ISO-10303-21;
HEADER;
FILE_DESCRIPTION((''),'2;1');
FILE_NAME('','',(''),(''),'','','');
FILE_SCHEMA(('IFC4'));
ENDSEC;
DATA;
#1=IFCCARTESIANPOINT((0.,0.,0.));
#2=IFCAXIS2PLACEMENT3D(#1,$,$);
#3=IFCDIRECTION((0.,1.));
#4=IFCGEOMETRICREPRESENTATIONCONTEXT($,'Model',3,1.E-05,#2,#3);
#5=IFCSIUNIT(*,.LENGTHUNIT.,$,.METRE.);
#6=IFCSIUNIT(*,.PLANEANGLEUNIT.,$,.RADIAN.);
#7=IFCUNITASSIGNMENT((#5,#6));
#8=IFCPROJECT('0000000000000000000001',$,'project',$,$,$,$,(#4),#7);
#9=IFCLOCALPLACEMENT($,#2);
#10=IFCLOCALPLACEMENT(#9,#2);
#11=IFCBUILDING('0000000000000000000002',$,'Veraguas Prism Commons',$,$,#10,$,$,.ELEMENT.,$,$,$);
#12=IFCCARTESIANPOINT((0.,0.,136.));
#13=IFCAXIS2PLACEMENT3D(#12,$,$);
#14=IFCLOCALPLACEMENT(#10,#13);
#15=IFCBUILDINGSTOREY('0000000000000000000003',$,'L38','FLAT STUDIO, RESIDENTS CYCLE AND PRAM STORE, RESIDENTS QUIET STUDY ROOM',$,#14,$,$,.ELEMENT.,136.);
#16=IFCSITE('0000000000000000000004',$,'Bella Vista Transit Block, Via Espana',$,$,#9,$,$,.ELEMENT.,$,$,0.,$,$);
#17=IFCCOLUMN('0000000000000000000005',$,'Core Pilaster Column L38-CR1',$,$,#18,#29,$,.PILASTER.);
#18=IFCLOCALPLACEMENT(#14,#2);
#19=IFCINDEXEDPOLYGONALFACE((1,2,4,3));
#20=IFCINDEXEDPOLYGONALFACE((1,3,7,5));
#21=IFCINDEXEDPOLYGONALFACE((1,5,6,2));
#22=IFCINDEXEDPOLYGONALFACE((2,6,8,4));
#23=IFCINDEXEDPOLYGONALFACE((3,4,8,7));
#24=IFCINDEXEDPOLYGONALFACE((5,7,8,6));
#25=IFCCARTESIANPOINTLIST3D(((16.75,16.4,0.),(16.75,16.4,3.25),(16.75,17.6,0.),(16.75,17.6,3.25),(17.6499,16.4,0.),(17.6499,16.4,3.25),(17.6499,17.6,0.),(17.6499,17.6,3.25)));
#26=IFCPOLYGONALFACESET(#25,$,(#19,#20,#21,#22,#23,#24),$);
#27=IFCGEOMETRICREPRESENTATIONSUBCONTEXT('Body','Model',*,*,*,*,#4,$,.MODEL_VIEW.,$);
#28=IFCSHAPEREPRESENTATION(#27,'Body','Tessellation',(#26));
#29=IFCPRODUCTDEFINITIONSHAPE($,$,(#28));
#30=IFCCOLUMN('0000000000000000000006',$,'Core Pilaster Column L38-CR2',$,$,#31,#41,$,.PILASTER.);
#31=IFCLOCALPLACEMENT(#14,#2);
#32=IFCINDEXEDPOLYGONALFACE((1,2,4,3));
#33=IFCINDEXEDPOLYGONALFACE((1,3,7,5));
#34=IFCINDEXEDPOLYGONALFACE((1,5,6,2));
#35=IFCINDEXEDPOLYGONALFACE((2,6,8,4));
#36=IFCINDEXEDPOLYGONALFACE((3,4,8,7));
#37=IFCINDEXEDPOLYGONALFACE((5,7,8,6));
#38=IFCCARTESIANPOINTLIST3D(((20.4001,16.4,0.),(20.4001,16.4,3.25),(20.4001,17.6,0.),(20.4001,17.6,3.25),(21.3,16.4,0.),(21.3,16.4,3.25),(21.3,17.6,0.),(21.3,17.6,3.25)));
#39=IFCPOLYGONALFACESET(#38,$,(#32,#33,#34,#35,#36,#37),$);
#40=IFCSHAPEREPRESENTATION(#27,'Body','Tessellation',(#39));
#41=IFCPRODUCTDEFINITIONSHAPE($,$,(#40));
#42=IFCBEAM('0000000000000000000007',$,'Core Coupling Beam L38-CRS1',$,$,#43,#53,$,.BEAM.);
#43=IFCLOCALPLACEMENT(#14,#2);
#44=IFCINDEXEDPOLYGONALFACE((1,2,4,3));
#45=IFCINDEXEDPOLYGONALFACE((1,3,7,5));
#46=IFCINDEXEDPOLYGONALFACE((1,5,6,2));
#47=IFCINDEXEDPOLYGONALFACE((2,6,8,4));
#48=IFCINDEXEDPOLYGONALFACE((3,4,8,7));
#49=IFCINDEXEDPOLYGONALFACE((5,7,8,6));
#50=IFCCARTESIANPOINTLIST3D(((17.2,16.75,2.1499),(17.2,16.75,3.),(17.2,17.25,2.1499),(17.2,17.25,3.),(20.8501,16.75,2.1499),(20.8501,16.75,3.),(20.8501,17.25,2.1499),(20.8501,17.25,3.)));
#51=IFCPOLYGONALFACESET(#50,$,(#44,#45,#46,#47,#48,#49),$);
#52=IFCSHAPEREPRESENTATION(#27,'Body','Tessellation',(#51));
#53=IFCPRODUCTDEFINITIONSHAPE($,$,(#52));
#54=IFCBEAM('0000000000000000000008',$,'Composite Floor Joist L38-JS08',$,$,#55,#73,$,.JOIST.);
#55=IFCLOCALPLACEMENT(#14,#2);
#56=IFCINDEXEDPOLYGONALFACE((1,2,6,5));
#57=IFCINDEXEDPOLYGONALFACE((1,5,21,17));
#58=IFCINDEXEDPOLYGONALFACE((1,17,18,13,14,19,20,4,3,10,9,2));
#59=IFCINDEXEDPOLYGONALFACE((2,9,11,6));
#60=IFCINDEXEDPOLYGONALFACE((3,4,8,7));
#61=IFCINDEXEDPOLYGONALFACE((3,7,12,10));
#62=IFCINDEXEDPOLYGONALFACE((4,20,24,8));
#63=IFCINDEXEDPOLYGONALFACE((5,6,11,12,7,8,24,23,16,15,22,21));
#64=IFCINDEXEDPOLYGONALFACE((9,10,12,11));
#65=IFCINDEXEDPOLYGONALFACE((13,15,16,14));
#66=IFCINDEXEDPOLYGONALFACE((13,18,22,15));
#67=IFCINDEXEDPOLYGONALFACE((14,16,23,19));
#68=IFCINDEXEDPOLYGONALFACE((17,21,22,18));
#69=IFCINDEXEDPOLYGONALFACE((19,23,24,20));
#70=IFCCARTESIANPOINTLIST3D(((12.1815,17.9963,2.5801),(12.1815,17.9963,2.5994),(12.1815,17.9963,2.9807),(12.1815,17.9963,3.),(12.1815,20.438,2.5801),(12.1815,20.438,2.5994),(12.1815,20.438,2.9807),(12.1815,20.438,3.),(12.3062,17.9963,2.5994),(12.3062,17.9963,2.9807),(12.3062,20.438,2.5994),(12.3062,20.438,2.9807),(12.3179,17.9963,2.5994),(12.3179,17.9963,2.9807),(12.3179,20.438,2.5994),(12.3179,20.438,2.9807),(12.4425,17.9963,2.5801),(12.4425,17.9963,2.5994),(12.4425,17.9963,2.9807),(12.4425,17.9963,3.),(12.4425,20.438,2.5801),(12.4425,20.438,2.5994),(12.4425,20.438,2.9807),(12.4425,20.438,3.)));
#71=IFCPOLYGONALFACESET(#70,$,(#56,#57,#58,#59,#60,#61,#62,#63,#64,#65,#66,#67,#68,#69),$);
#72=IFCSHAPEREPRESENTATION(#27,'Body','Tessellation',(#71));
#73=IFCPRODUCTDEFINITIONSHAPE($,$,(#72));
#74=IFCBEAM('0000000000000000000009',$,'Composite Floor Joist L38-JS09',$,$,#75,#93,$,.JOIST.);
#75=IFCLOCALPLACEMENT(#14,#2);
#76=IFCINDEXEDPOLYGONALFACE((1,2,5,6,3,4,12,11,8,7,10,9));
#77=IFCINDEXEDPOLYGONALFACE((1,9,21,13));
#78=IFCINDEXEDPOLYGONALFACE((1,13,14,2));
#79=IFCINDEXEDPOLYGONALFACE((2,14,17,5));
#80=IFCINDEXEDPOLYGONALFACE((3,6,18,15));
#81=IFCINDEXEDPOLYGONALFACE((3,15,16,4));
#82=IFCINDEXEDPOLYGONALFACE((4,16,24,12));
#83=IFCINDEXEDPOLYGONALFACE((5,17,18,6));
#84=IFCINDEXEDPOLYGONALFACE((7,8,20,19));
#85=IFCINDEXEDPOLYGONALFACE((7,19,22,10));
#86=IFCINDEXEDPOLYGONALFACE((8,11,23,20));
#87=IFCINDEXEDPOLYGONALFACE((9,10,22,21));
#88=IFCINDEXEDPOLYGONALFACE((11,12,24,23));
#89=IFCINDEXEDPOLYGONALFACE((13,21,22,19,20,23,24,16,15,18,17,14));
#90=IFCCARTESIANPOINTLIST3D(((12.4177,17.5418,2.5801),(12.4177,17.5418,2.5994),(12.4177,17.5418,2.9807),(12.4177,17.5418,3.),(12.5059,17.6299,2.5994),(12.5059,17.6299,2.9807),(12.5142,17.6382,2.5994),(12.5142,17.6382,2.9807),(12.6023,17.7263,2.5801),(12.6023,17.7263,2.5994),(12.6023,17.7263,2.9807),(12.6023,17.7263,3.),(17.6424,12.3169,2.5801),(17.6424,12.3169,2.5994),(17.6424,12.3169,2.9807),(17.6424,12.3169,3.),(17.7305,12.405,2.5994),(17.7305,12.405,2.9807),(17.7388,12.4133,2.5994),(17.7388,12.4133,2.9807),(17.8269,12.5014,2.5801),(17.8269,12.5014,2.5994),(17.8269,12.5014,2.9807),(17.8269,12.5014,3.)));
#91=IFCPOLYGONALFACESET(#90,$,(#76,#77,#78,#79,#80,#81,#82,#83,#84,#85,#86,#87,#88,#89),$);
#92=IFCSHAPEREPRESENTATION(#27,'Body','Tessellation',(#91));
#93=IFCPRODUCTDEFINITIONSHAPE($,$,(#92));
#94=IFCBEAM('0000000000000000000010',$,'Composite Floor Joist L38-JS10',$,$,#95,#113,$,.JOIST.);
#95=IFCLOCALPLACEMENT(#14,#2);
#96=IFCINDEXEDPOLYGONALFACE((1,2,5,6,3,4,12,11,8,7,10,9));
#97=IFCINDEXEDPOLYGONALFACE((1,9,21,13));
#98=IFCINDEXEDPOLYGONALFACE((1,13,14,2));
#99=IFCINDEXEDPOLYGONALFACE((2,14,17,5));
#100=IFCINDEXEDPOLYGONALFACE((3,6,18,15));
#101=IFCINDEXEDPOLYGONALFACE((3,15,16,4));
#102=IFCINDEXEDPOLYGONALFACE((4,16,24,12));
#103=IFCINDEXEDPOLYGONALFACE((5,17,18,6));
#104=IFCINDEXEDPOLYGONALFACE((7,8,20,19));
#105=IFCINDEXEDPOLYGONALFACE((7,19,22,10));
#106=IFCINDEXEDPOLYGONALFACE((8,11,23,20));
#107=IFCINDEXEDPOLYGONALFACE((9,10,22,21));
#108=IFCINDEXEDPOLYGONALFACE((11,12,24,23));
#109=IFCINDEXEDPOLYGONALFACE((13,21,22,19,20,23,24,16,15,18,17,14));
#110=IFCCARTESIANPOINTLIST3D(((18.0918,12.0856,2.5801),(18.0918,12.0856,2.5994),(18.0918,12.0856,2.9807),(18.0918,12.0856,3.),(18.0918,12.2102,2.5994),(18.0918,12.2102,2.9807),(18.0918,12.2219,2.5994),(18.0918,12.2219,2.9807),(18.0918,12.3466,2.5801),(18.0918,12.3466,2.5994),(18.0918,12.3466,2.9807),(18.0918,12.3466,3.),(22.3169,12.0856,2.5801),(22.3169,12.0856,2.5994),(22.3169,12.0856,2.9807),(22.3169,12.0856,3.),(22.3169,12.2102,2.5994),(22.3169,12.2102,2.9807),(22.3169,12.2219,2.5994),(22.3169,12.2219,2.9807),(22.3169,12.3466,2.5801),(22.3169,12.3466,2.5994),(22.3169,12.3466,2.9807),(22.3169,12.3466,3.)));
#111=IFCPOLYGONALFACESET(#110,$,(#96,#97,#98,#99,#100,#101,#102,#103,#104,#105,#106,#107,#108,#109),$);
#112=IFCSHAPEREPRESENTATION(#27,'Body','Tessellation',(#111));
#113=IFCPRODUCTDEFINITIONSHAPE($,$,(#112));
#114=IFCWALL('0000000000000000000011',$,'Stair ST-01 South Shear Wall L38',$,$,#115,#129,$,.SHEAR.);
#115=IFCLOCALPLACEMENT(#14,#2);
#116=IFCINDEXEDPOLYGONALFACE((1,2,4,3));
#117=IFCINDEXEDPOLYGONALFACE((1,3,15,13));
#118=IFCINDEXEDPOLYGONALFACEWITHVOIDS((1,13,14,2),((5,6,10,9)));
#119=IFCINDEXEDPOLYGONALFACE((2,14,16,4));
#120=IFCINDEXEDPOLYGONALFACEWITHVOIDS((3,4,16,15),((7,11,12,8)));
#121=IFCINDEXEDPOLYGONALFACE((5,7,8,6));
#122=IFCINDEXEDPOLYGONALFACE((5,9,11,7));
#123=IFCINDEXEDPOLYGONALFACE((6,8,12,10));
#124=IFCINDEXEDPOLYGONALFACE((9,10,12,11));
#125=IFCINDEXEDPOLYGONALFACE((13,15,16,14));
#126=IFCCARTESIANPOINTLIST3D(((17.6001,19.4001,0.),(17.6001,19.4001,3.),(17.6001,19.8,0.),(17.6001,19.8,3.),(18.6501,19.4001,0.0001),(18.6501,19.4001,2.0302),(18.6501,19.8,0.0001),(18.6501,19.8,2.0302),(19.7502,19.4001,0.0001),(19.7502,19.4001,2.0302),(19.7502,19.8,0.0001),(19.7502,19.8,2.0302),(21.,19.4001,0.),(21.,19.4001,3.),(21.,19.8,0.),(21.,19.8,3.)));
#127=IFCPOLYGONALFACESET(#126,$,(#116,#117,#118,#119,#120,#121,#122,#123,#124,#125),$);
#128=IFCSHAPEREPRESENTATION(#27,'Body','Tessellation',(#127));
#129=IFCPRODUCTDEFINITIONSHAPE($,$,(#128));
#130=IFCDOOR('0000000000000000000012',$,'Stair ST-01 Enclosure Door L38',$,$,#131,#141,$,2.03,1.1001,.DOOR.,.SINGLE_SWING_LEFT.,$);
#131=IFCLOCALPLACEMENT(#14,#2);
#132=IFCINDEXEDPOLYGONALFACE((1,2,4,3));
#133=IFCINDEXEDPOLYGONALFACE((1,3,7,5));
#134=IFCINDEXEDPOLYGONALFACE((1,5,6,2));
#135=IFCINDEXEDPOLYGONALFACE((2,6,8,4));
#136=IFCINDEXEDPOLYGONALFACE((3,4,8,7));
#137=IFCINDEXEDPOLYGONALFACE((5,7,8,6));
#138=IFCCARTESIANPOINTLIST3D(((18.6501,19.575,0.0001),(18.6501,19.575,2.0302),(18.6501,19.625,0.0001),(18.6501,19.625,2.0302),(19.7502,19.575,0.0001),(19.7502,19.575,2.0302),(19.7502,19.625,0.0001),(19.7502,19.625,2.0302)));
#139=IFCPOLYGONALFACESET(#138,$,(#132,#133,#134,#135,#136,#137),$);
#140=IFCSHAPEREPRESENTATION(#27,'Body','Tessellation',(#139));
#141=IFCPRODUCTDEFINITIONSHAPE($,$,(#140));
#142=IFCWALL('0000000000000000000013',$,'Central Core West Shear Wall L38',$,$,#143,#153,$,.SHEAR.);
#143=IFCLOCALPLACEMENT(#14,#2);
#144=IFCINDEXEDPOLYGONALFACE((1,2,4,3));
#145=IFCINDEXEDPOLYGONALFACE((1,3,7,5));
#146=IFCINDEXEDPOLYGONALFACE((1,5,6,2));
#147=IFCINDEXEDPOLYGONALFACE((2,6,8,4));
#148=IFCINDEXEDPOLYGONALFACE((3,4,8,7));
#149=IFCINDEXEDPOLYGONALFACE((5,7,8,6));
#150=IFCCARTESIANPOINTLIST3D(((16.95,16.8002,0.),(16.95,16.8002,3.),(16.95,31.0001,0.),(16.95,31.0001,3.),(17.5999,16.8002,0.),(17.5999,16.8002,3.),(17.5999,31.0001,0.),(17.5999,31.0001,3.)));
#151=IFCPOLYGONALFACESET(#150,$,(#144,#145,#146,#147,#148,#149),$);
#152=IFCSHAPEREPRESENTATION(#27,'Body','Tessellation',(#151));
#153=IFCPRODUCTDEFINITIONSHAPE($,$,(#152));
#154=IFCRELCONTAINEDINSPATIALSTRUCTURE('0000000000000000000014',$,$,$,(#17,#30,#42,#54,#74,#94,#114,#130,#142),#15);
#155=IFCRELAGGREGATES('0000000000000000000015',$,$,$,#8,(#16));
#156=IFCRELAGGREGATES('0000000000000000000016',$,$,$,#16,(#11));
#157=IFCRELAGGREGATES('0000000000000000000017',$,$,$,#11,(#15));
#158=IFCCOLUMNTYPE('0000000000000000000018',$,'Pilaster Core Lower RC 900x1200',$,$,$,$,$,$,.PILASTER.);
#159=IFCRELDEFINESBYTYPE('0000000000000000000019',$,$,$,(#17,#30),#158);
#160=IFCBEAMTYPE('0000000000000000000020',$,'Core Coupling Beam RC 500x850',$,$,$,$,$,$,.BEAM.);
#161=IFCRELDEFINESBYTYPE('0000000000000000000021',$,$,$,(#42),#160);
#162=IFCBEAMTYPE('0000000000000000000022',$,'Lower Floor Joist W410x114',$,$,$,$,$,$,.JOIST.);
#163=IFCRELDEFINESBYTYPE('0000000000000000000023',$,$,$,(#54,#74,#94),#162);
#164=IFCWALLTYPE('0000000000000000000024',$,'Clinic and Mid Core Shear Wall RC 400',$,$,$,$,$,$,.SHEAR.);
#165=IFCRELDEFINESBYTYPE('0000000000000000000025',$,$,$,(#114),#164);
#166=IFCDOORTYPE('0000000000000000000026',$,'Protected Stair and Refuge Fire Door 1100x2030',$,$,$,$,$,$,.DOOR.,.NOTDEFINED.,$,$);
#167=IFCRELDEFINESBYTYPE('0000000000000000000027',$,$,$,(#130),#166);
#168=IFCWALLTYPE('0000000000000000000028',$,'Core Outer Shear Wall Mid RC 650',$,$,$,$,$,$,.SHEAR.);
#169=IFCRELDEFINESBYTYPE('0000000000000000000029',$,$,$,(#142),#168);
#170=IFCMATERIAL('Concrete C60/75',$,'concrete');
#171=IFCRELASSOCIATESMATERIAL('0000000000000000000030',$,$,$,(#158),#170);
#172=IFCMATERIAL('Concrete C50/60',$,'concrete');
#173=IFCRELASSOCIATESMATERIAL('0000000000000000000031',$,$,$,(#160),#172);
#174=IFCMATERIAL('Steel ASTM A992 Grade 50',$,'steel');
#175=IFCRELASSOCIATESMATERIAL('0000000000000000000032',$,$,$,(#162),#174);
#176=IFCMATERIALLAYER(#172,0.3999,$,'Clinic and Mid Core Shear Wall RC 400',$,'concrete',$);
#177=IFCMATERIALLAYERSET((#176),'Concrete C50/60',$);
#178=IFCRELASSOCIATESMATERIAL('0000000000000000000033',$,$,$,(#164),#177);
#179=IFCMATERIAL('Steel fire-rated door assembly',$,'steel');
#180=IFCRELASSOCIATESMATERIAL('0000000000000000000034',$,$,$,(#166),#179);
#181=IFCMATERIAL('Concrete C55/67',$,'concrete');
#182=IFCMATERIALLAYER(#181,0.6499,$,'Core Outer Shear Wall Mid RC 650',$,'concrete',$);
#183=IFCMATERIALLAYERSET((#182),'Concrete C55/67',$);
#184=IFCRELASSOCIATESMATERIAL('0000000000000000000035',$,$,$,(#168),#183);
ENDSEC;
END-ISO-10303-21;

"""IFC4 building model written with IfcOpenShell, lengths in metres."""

from ifc_helpers import new_model, si_unit, direction, frame, frame_2d, origin, origin_2d, place, context, subcontext, project, spatial, rectangle, i_section, extrude, source, transform, mapped, material, layer, layer_set, material_profile, profile_set, type_object, element, fill, save


model = new_model("IFC4")

# Units and contexts
model_context = context("Model", 3, precision=1e-05, world=origin(), true_north=direction((0.0, 1.0)))
body_context = subcontext(model_context, "Body", "Model", "MODEL_VIEW")
ifc_project = project(units=[si_unit("LENGTHUNIT", "METRE"), si_unit("PLANEANGLEUNIT", "RADIAN")], contexts=[model_context])

# Site, building, storey
site_placement = place(None, origin())
site = spatial("IfcSite", under=ifc_project, at=site_placement, Name="Bella Vista Transit Block, Via Espana", CompositionType="ELEMENT", RefElevation=0.0)
building_placement = place(site_placement, origin())
building = spatial("IfcBuilding", under=site, at=building_placement, Name="Veraguas Prism Commons", CompositionType="ELEMENT")
storey_placement = place(building_placement, frame((0.0, 0.0, 136.0)))
storey = spatial("IfcBuildingStorey", under=building, at=storey_placement, Name="L38", Description="FLAT STUDIO, RESIDENTS CYCLE AND PRAM STORE, RESIDENTS QUIET STUDY ROOM", CompositionType="ELEMENT", Elevation=136.0)

# Columns
ifc_material_1 = material(Name="Concrete C60/75", Category="concrete")
ifc_material_profile_1 = material_profile(ifc_material_1, rectangle(XDim=0.8999, YDim=1.2, at=origin_2d()), Name="RC900X1200")
ifc_profile_set_1 = profile_set([ifc_material_profile_1], Name="Concrete C60/75")
column_type = type_object("IfcColumnType", Name="Pilaster Core Lower RC 900x1200", PredefinedType="PILASTER", material=ifc_profile_set_1)
for number, where, z_axis, x_axis, name in (
    (1, (17.2, 17.0, 0.0), (0.0, 0.0, 1.0), (1.0, 0.0, 0.0), "Core Pilaster Column L38-CR1"),
    (2, (20.8501, 17.0, 0.0), (0.0, 0.0, 1.0), (1.0, 0.0, 0.0), "Core Pilaster Column L38-CR2"),
):
    element("IfcColumn", number, at=place(storey_placement, frame(where, z_axis=z_axis, x_axis=x_axis)), inside=storey, type_object=column_type, Name=name, PredefinedType="PILASTER", context=body_context, shape_type="SweptSolid", body=[
        extrude(rectangle(XDim=0.8999, YDim=1.2, at=origin_2d()), origin(), (0.0, 0.0, 1.0), 3.25),
    ])

# Beams
ifc_material_2 = material(Name="Concrete C50/60", Category="concrete")
ifc_material_profile_2 = material_profile(ifc_material_2, rectangle(XDim=0.5, YDim=0.8501, at=origin_2d()), Name="RC500X850")
ifc_profile_set_2 = profile_set([ifc_material_profile_2], Name="Concrete C50/60")
beam_type_1 = type_object("IfcBeamType", Name="Core Coupling Beam RC 500x850", PredefinedType="BEAM", material=ifc_profile_set_2)
beam_1_placement = place(storey_placement, frame((17.2, 17.0, 2.575), z_axis=(1.0, 0.0, 0.0), x_axis=(0.0, 1.0, 0.0)))
element("IfcBeam", 3, at=beam_1_placement, inside=storey, type_object=beam_type_1, Name="Core Coupling Beam L38-CRS1", PredefinedType="BEAM", context=body_context, shape_type="SweptSolid", body=[
    extrude(rectangle(XDim=0.5, YDim=0.8501, at=origin_2d()), origin(), (0.0, 0.0, 1.0), 3.6501),
])
ifc_material_3 = material(Name="Steel ASTM A992 Grade 50", Category="steel")
ifc_material_profile_3 = material_profile(ifc_material_3, i_section(OverallWidth=0.261, OverallDepth=0.4199, WebThickness=0.0117, FlangeThickness=0.0193, at=origin_2d()), Name="W410X114")
ifc_profile_set_3 = profile_set([ifc_material_profile_3], Name="Steel ASTM A992 Grade 50")
beam_type_2 = type_object("IfcBeamType", Name="Lower Floor Joist W410x114", PredefinedType="JOIST", material=ifc_profile_set_3)
beam_2_placement = place(storey_placement, frame((12.312, 20.438, 2.79), z_axis=(0.0, -1.0, 0.0), x_axis=(1.0, 0.0, 0.0)))
element("IfcBeam", 4, at=beam_2_placement, inside=storey, type_object=beam_type_2, Name="Composite Floor Joist L38-JS08", PredefinedType="JOIST", context=body_context, shape_type="SweptSolid", body=[
    extrude(i_section(OverallWidth=0.261, OverallDepth=0.4199, WebThickness=0.0117, FlangeThickness=0.0193, at=origin_2d()), origin(), (0.0, 0.0, 1.0), 2.4417),
])
beam_3_placement = place(storey_placement, frame((12.51, 17.634, 2.79), z_axis=(0.70709, -0.707123, 0.0), x_axis=(0.707123, 0.70709, 0.0)))
element("IfcBeam", 5, at=beam_3_placement, inside=storey, type_object=beam_type_2, Name="Composite Floor Joist L38-JS09", PredefinedType="JOIST", context=body_context, shape_type="SweptSolid", body=[
    extrude(i_section(OverallWidth=0.261, OverallDepth=0.4199, WebThickness=0.0117, FlangeThickness=0.0193, at=origin_2d()), origin(), (0.0, 0.0, 1.0), 7.3889),
])
beam_4_placement = place(storey_placement, frame((18.0918, 12.2161, 2.79), z_axis=(1.0, 0.0, 0.0), x_axis=(0.0, 1.0, 0.0)))
element("IfcBeam", 6, at=beam_4_placement, inside=storey, type_object=beam_type_2, Name="Composite Floor Joist L38-JS10", PredefinedType="JOIST", context=body_context, shape_type="SweptSolid", body=[
    extrude(i_section(OverallWidth=0.261, OverallDepth=0.4199, WebThickness=0.0117, FlangeThickness=0.0193, at=origin_2d()), origin(), (0.0, 0.0, 1.0), 4.2251),
])

# Wall, opening, door
ifc_layer_1 = layer(ifc_material_2, 0.3999, Name="Clinic and Mid Core Shear Wall RC 400", Category="concrete")
ifc_layer_set_1 = layer_set([ifc_layer_1], Name="Concrete C50/60")
wall_type_1 = type_object("IfcWallType", Name="Clinic and Mid Core Shear Wall RC 400", PredefinedType="SHEAR", material=ifc_layer_set_1)
wall_1_placement = place(storey_placement, frame((17.6001, 19.6001, 0.0), z_axis=(0.0, 0.0, 1.0), x_axis=(1.0, 0.0, 0.0)))
wall_1 = element("IfcWall", 7, at=wall_1_placement, inside=storey, type_object=wall_type_1, Name="Stair ST-01 South Shear Wall L38", PredefinedType="SHEAR", context=body_context, shape_type="SweptSolid", body=[
    extrude(rectangle(XDim=3.3999, YDim=0.3999, at=frame_2d((1.7, 0.0))), origin(), (0.0, 0.0, 1.0), 3.0),
])
opening_1_placement = place(wall_1_placement, frame((1.05, 0.0, 0.0)))
opening_1 = element("IfcOpeningElement", 8, at=opening_1_placement, cuts=wall_1, PredefinedType="OPENING", context=body_context, shape_type="SweptSolid", body=[
    extrude(rectangle(XDim=1.1001, YDim=2.03, at=frame_2d((0.55, 1.0151))), frame((0.0, 0.21, 0.0), z_axis=(0.0, -1.0, 0.0), x_axis=(1.0, 0.0, 0.0)), (0.0, 0.0, 1.0), 0.4199),
])
ifc_material_4 = material(Name="Steel fire-rated door assembly", Category="steel")
door_type_1 = type_object("IfcDoorType", Name="Protected Stair and Refuge Fire Door 1100x2030", OperationType="NOTDEFINED", PredefinedType="DOOR", material=ifc_material_4)
shared_shape_1 = source(origin(), body_context, "Body", "SweptSolid", [
    extrude(rectangle(XDim=1.1001, YDim=2.03, at=frame_2d((0.55, 1.0151))), frame((0.0, 0.0249, 0.0), z_axis=(0.0, -1.0, 0.0), x_axis=(1.0, 0.0, 0.0)), (0.0, 0.0, 1.0), 0.05),
])
door_1_placement = place(opening_1_placement, origin())
door_1 = element("IfcDoor", 9, at=door_1_placement, inside=storey, type_object=door_type_1, Name="Stair ST-01 Enclosure Door L38", OperationType="SINGLE_SWING_LEFT", OverallHeight=2.03, OverallWidth=1.1001, PredefinedType="DOOR", context=body_context, shape_type="MappedRepresentation", body=[
    mapped(shared_shape_1, transform((0.0, 0.0, 0.0), scale=1.0)),
])
fill(opening_1, door_1)

# Wall
ifc_material_5 = material(Name="Concrete C55/67", Category="concrete")
ifc_layer_2 = layer(ifc_material_5, 0.6499, Name="Core Outer Shear Wall Mid RC 650", Category="concrete")
ifc_layer_set_2 = layer_set([ifc_layer_2], Name="Concrete C55/67")
wall_type_2 = type_object("IfcWallType", Name="Core Outer Shear Wall Mid RC 650", PredefinedType="SHEAR", material=ifc_layer_set_2)
wall_2_placement = place(storey_placement, frame((17.2749, 16.8, 0.0), z_axis=(0.0, 0.0, 1.0), x_axis=(0.0, 1.0, 0.0)))
element("IfcWall", 10, at=wall_2_placement, inside=storey, type_object=wall_type_2, Name="Central Core West Shear Wall L38", PredefinedType="SHEAR", context=body_context, shape_type="SweptSolid", body=[
    extrude(rectangle(XDim=14.2, YDim=0.6499, at=frame_2d((7.1001, 0.0))), origin(), (0.0, 0.0, 1.0), 3.0),
])

save(model, "model.ifc")
